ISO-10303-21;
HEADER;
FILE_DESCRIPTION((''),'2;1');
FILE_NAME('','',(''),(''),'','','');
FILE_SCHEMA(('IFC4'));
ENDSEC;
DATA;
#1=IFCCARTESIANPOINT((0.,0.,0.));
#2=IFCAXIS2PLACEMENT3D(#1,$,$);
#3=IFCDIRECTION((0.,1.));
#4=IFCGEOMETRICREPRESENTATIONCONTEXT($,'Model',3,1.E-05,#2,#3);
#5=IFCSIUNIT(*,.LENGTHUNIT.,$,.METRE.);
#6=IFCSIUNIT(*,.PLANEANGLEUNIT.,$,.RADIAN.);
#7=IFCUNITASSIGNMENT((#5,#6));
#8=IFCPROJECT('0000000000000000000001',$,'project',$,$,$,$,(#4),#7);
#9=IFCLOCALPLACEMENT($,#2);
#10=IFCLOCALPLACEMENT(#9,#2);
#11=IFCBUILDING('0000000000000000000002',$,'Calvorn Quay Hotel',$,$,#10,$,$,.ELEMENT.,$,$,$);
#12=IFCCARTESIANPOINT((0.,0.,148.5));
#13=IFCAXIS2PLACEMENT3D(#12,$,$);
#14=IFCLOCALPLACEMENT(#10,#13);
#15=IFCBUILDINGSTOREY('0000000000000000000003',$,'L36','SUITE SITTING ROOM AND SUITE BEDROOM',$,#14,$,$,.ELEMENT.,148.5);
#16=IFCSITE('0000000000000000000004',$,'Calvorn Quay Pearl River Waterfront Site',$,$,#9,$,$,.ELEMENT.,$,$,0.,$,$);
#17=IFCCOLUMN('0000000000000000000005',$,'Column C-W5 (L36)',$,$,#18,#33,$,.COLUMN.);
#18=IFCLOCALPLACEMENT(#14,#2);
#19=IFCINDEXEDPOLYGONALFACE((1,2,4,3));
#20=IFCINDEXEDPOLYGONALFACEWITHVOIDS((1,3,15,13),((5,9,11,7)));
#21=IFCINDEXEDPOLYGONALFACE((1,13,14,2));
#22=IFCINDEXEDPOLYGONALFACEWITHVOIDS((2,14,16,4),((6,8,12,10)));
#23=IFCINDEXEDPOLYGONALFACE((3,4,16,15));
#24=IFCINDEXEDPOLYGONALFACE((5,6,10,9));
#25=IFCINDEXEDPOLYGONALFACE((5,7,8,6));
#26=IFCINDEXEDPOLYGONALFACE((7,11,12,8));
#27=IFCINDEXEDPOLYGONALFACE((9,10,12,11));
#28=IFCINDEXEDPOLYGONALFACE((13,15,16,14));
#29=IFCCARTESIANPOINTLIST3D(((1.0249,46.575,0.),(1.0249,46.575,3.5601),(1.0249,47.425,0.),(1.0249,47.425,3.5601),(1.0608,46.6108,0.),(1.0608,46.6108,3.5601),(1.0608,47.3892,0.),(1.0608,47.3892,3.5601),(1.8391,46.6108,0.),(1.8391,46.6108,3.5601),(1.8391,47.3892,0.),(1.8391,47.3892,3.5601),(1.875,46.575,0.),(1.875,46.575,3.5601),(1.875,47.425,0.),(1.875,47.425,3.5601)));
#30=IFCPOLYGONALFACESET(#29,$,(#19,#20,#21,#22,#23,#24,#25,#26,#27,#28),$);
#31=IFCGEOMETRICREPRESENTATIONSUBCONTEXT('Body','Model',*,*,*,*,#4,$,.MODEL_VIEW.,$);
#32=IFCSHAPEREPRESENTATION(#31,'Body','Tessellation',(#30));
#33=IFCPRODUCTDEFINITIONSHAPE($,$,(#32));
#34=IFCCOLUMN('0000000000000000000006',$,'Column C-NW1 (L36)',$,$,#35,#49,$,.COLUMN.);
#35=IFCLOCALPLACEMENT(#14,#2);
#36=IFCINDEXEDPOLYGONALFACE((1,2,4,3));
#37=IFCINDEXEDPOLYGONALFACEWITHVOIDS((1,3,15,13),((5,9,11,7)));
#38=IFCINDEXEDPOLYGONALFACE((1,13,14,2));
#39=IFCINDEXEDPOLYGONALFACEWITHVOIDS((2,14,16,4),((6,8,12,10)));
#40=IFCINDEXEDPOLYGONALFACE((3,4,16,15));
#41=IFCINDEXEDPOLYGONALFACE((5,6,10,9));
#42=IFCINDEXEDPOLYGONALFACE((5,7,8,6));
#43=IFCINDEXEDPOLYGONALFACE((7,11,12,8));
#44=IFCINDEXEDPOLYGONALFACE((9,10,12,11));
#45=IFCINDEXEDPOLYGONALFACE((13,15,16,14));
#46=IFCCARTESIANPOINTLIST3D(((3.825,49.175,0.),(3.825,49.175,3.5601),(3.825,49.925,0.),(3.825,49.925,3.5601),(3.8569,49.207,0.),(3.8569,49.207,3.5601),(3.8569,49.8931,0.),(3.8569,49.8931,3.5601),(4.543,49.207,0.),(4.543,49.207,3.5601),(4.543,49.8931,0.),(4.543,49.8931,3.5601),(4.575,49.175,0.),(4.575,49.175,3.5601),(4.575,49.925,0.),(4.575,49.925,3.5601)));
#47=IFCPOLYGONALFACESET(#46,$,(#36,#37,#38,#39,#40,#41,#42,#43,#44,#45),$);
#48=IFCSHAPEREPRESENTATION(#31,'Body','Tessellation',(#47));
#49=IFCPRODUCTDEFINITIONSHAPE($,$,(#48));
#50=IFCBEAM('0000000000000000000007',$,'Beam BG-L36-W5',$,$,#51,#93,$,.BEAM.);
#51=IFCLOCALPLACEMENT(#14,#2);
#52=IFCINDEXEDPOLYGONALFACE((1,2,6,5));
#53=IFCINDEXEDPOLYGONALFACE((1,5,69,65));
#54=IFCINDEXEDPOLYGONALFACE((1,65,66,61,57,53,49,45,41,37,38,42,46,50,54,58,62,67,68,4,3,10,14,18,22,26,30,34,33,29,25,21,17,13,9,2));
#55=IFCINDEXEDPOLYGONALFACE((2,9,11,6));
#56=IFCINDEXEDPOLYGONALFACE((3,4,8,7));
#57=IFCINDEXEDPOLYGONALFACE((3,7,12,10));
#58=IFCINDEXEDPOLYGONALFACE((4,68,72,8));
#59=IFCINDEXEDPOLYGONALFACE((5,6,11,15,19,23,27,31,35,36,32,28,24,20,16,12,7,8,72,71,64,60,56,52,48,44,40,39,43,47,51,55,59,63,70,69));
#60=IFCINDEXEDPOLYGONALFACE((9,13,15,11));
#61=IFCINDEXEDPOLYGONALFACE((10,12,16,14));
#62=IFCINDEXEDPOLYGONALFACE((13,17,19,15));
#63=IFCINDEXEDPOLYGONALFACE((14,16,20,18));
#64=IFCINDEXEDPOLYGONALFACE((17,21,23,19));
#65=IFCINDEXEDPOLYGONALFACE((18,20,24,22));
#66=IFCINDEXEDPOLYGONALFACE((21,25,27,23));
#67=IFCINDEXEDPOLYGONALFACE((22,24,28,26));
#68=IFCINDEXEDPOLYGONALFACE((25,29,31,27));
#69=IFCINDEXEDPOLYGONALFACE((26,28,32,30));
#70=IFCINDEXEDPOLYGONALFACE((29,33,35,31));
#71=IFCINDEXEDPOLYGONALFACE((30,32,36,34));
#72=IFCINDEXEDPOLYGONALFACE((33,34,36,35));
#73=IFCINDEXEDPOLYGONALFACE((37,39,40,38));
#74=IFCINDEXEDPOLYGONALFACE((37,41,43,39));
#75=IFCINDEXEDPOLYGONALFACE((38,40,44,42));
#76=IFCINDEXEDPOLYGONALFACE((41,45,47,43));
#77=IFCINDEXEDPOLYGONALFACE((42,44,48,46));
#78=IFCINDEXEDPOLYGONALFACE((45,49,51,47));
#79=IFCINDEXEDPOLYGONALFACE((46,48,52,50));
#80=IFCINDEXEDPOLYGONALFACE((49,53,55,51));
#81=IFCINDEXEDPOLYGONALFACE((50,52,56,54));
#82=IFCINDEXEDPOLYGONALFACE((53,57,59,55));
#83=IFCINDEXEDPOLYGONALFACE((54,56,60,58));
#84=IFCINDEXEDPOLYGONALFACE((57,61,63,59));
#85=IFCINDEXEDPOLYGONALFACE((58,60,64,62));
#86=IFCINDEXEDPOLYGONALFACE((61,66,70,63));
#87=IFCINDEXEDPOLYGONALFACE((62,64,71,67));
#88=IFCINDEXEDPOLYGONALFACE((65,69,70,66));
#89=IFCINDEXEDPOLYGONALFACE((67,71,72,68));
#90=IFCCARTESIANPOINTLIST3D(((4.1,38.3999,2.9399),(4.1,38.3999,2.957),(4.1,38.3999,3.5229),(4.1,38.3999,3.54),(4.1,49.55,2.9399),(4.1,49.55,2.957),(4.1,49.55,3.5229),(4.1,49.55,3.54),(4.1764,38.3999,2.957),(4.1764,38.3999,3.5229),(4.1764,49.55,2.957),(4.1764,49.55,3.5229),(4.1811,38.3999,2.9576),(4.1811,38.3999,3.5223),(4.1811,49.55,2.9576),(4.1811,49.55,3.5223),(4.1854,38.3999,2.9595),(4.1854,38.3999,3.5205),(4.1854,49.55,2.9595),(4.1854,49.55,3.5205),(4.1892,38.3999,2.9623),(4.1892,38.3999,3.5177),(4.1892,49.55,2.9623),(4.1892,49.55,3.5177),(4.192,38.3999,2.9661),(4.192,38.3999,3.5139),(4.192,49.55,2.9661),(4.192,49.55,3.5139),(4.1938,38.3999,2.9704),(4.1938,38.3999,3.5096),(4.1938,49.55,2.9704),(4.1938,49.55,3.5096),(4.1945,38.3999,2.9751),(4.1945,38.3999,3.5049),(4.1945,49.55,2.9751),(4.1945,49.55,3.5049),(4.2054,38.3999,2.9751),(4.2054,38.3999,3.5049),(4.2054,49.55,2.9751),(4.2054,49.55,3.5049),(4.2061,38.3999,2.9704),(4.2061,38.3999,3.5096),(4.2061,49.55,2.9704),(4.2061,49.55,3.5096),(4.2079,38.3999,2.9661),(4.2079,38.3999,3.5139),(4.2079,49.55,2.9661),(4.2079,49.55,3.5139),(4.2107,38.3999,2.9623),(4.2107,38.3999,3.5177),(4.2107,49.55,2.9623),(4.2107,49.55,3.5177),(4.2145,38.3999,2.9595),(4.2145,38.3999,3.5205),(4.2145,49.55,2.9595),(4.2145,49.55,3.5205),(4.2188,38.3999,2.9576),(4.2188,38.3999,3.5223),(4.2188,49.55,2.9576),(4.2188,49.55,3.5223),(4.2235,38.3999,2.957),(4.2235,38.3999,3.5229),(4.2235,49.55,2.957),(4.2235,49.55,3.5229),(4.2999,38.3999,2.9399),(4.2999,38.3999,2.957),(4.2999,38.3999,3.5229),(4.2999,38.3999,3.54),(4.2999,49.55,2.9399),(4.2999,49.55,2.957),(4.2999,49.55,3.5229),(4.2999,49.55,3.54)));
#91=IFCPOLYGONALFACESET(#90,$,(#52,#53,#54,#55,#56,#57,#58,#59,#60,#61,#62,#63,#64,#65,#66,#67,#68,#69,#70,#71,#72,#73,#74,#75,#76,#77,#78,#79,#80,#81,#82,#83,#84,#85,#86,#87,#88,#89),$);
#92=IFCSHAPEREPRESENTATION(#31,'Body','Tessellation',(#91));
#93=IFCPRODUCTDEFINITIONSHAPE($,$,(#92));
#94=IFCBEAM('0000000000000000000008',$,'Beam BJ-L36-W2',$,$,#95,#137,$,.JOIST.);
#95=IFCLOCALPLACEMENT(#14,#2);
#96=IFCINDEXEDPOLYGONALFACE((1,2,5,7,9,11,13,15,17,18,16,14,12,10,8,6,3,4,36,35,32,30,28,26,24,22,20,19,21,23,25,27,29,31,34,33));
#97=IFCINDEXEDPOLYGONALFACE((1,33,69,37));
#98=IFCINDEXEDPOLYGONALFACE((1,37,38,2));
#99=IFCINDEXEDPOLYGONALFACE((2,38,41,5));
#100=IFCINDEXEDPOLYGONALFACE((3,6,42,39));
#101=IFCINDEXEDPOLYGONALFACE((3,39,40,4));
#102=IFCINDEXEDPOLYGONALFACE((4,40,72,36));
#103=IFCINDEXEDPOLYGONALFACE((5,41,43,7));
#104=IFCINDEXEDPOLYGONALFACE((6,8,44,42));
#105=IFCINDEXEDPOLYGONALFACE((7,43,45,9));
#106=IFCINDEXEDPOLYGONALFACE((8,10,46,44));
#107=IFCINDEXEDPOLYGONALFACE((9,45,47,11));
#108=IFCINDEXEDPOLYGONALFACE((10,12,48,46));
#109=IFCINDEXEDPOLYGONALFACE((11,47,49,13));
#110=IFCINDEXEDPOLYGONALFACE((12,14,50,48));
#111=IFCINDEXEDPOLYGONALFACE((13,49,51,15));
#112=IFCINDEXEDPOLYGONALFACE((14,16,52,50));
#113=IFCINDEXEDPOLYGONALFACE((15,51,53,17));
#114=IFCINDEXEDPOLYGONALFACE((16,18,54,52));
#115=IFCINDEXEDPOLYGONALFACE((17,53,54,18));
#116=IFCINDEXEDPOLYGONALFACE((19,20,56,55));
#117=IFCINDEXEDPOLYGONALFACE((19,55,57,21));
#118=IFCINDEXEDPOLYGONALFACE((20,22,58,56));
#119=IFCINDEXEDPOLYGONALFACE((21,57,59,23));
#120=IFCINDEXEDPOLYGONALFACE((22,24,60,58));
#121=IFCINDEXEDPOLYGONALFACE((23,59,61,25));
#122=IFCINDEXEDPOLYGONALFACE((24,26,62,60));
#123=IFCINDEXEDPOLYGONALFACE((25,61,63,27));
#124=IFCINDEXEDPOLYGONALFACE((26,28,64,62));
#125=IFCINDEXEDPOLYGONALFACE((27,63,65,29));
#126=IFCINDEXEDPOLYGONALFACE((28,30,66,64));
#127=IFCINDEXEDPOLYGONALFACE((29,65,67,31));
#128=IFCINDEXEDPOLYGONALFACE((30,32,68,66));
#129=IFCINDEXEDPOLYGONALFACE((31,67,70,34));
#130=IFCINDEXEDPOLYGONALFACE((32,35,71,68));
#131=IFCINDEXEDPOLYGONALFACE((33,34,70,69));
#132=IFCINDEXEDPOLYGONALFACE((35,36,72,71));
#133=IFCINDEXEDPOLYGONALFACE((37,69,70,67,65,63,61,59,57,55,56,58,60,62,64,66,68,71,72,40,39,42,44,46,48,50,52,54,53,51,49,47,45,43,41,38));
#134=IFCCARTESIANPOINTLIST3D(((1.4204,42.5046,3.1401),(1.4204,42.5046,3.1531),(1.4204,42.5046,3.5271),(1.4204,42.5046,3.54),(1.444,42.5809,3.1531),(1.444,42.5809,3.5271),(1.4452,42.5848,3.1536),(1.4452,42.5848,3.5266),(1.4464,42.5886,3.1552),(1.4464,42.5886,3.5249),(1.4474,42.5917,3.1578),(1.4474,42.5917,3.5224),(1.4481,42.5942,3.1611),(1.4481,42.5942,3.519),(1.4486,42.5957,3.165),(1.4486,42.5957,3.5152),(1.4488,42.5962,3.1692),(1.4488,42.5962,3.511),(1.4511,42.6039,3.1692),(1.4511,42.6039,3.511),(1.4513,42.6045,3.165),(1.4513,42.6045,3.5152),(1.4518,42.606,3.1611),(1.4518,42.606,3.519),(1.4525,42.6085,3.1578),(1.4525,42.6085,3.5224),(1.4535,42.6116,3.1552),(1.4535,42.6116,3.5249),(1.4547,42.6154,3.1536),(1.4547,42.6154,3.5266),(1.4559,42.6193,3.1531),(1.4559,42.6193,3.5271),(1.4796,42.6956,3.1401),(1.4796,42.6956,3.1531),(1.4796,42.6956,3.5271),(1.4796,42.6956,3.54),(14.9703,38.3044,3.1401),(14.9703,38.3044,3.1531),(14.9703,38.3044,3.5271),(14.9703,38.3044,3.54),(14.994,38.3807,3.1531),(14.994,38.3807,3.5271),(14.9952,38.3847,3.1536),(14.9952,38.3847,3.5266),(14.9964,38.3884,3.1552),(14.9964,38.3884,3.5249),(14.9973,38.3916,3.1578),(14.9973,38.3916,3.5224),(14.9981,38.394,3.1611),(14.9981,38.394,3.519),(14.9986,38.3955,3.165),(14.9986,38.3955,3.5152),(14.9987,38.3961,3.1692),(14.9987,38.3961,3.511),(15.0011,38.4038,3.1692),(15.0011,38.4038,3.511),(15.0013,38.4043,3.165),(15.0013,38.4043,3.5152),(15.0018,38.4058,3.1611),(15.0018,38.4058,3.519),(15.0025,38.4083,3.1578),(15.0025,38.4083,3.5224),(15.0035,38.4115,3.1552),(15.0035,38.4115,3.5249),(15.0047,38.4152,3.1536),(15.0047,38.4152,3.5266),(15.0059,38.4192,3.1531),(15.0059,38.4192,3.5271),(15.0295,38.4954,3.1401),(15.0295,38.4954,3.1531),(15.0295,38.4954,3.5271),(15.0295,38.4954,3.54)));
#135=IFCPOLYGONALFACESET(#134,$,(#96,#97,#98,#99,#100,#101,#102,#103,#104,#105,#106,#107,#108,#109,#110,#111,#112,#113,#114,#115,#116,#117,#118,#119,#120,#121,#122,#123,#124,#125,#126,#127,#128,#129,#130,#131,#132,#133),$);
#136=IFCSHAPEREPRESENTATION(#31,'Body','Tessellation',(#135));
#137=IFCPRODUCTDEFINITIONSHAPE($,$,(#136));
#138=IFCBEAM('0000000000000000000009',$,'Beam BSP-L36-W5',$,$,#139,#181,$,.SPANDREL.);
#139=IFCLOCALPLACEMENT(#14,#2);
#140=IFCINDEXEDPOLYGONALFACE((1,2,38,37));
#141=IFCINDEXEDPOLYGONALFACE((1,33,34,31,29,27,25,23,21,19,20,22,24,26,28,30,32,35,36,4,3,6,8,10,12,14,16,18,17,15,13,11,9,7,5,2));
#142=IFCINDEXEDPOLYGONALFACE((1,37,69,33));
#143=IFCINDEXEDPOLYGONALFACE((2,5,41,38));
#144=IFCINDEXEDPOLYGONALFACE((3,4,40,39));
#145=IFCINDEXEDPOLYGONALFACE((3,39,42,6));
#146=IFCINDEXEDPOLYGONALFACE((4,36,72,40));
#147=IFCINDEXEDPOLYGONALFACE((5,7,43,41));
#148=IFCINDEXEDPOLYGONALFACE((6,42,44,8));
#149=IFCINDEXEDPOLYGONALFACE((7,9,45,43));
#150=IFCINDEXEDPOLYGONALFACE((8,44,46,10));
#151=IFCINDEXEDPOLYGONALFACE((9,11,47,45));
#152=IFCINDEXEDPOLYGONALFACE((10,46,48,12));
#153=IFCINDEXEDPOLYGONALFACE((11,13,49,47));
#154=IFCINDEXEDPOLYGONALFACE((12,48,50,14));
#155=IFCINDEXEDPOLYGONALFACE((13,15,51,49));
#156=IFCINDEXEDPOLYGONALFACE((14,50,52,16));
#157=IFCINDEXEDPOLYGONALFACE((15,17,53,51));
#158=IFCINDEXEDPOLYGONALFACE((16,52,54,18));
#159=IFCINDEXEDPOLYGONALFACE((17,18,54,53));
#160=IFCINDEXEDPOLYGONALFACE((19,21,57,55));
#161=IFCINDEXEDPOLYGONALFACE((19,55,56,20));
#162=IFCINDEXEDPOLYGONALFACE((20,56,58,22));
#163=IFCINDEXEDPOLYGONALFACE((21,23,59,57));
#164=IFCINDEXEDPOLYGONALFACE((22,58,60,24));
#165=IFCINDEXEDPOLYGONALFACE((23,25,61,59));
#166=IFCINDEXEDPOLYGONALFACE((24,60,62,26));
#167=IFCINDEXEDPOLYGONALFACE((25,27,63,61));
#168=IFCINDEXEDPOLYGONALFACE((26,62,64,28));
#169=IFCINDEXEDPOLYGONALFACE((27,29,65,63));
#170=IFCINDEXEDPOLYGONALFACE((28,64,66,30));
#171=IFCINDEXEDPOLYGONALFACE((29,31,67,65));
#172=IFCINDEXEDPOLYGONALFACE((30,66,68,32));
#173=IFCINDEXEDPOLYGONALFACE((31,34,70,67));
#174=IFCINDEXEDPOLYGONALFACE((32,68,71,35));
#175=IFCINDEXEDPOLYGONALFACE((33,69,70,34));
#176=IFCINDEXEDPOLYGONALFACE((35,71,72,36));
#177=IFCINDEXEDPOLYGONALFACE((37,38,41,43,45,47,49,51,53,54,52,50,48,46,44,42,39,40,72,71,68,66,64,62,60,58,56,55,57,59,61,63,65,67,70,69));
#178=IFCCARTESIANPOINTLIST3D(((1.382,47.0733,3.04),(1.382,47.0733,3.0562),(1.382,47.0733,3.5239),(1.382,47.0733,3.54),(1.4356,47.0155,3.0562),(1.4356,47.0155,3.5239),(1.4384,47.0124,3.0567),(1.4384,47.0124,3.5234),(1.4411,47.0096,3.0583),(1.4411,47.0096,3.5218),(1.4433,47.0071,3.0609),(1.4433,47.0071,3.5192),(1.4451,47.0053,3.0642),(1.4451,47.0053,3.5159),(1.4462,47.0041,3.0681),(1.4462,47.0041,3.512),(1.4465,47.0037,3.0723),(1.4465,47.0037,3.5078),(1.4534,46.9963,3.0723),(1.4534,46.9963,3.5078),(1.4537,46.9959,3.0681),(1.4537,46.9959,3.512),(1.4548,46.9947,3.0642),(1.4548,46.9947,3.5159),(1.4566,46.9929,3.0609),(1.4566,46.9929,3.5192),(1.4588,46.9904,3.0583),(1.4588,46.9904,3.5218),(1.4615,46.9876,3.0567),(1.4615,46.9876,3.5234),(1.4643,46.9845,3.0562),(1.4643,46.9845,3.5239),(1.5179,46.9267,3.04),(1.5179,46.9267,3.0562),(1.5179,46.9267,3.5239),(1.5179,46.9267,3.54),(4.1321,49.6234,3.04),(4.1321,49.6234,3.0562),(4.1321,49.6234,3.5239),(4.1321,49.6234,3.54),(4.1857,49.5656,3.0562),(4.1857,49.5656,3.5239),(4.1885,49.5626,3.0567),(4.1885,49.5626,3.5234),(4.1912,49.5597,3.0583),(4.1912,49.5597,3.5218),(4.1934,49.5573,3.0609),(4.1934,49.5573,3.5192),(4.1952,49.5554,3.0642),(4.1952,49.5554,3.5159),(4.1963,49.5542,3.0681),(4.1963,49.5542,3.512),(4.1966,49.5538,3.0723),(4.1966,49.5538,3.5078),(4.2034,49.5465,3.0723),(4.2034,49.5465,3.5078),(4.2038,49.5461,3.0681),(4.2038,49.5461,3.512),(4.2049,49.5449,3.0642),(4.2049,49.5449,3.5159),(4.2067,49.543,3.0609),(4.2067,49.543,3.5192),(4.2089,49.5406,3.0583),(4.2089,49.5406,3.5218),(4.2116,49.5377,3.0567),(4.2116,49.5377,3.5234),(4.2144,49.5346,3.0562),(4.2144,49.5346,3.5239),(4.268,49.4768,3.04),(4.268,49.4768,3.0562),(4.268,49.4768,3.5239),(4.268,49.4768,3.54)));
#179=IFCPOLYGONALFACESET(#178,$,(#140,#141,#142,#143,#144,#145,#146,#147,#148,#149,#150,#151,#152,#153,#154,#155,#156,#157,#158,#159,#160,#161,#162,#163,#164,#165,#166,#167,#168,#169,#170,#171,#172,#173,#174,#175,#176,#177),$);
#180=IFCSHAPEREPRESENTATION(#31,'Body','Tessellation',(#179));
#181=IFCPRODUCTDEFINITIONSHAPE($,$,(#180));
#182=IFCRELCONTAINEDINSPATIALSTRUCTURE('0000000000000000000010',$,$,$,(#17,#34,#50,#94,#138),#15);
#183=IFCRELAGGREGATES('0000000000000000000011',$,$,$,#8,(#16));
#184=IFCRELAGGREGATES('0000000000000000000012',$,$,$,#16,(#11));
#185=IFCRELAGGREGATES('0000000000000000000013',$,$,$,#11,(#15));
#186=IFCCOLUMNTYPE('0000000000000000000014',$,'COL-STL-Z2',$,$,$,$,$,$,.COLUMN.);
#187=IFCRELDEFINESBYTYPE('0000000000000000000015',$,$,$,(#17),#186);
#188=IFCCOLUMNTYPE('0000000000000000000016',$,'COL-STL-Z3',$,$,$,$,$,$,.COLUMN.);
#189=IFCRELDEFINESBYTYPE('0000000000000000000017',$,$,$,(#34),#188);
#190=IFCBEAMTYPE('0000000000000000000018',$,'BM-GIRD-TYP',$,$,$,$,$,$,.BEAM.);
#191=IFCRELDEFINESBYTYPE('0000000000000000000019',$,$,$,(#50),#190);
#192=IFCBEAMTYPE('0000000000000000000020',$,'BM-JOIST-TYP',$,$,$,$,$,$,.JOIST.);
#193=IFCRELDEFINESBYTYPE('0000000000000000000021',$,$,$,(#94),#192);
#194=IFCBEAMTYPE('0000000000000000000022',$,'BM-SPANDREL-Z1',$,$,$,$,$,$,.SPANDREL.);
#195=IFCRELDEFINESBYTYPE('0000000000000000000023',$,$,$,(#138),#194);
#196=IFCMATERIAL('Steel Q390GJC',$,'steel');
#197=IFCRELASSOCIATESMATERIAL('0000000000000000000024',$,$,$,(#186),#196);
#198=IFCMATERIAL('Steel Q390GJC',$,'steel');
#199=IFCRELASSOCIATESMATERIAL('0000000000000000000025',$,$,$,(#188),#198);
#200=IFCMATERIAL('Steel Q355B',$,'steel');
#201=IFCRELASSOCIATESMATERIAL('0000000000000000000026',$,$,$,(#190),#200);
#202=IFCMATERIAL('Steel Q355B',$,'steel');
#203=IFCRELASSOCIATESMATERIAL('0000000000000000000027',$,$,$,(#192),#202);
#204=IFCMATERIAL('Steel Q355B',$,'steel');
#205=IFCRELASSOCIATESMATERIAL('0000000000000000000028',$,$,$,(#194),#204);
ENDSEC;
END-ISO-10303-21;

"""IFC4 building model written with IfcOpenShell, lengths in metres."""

from ifc_helpers import new_model, si_unit, direction, frame, origin, origin_2d, place, context, subcontext, project, spatial, hollow_rectangle, i_section, extrude, material, material_profile, profile_set, type_object, element, save


model = new_model("IFC4")

# Units and contexts
model_context = context("Model", 3, precision=1e-05, world=origin(), true_north=direction((0.0, 1.0)))
body_context = subcontext(model_context, "Body", "Model", "MODEL_VIEW")
ifc_project = project(units=[si_unit("LENGTHUNIT", "METRE"), si_unit("PLANEANGLEUNIT", "RADIAN")], contexts=[model_context])

# Site, building, storey
site_placement = place(None, origin())
site = spatial("IfcSite", under=ifc_project, at=site_placement, Name="Calvorn Quay Pearl River Waterfront Site", CompositionType="ELEMENT", RefElevation=0.0)
building_placement = place(site_placement, origin())
building = spatial("IfcBuilding", under=site, at=building_placement, Name="Calvorn Quay Hotel", CompositionType="ELEMENT")
storey_placement = place(building_placement, frame((0.0, 0.0, 148.5)))
storey = spatial("IfcBuildingStorey", under=building, at=storey_placement, Name="L36", Description="SUITE SITTING ROOM AND SUITE BEDROOM", CompositionType="ELEMENT", Elevation=148.5)

# Columns
ifc_material_1 = material(Name="Steel Q390GJC", Category="steel")
ifc_material_profile_1 = material_profile(ifc_material_1, hollow_rectangle(XDim=0.8501, YDim=0.8501, WallThickness=0.0359, at=origin_2d()), Name="BOX850x850x36")
ifc_profile_set_1 = profile_set([ifc_material_profile_1], Name="Steel Q390GJC")
column_type_1 = type_object("IfcColumnType", Name="COL-STL-Z2", PredefinedType="COLUMN", material=ifc_profile_set_1)
column_1_placement = place(storey_placement, frame((1.45, 47.0, 0.0), z_axis=(0.0, 0.0, 1.0), x_axis=(1.0, 0.0, 0.0)))
element("IfcColumn", 1, at=column_1_placement, inside=storey, type_object=column_type_1, Name="Column C-W5 (L36)", PredefinedType="COLUMN", context=body_context, shape_type="SweptSolid", body=[
    extrude(hollow_rectangle(XDim=0.8501, YDim=0.8501, WallThickness=0.0359, at=origin_2d()), origin(), (0.0, 0.0, 1.0), 3.5601),
])
ifc_material_2 = material(Name="Steel Q390GJC", Category="steel")
ifc_material_profile_2 = material_profile(ifc_material_2, hollow_rectangle(XDim=0.75, YDim=0.75, WallThickness=0.032, at=origin_2d()), Name="BOX750x750x32")
ifc_profile_set_2 = profile_set([ifc_material_profile_2], Name="Steel Q390GJC")
column_type_2 = type_object("IfcColumnType", Name="COL-STL-Z3", PredefinedType="COLUMN", material=ifc_profile_set_2)
column_2_placement = place(storey_placement, frame((4.2, 49.55, 0.0), z_axis=(0.0, 0.0, 1.0), x_axis=(1.0, 0.0, 0.0)))
element("IfcColumn", 2, at=column_2_placement, inside=storey, type_object=column_type_2, Name="Column C-NW1 (L36)", PredefinedType="COLUMN", context=body_context, shape_type="SweptSolid", body=[
    extrude(hollow_rectangle(XDim=0.75, YDim=0.75, WallThickness=0.032, at=origin_2d()), origin(), (0.0, 0.0, 1.0), 3.5601),
])

# Beams
ifc_material_3 = material(Name="Steel Q355B", Category="steel")
ifc_material_profile_3 = material_profile(ifc_material_3, i_section(OverallWidth=0.2, OverallDepth=0.6001, WebThickness=0.011, FlangeThickness=0.0171, FilletRadius=0.0181, at=origin_2d()), Name="HN600x200x11x17")
ifc_profile_set_3 = profile_set([ifc_material_profile_3], Name="Steel Q355B")
beam_type_1 = type_object("IfcBeamType", Name="BM-GIRD-TYP", PredefinedType="BEAM", material=ifc_profile_set_3)
beam_1_placement = place(storey_placement, frame((4.2, 49.55, 3.24), z_axis=(0.0, -1.0, 0.0), x_axis=(1.0, 0.0, 0.0)))
element("IfcBeam", 3, at=beam_1_placement, inside=storey, type_object=beam_type_1, Name="Beam BG-L36-W5", PredefinedType="BEAM", context=body_context, shape_type="SweptSolid", body=[
    extrude(i_section(OverallWidth=0.2, OverallDepth=0.6001, WebThickness=0.011, FlangeThickness=0.0171, FilletRadius=0.0181, at=origin_2d()), origin(), (0.0, 0.0, 1.0), 11.1501),
])
ifc_material_4 = material(Name="Steel Q355B", Category="steel")
ifc_material_profile_4 = material_profile(ifc_material_4, i_section(OverallWidth=0.2, OverallDepth=0.3999, WebThickness=0.0081, FlangeThickness=0.0129, FilletRadius=0.0161, at=origin_2d()), Name="HN400x200x8x13")
ifc_profile_set_4 = profile_set([ifc_material_profile_4], Name="Steel Q355B")
beam_type_2 = type_object("IfcBeamType", Name="BM-JOIST-TYP", PredefinedType="JOIST", material=ifc_profile_set_4)
beam_2_placement = place(storey_placement, frame((1.45, 42.6001, 3.3401), z_axis=(0.955164, -0.296078, 0.0), x_axis=(0.296078, 0.955164, 0.0)))
element("IfcBeam", 4, at=beam_2_placement, inside=storey, type_object=beam_type_2, Name="Beam BJ-L36-W2", PredefinedType="JOIST", context=body_context, shape_type="SweptSolid", body=[
    extrude(i_section(OverallWidth=0.2, OverallDepth=0.3999, WebThickness=0.0081, FlangeThickness=0.0129, FilletRadius=0.0161, at=origin_2d()), origin(), (0.0, 0.0, 1.0), 14.186),
])
ifc_material_5 = material(Name="Steel Q355B", Category="steel")
ifc_material_profile_5 = material_profile(ifc_material_5, i_section(OverallWidth=0.2, OverallDepth=0.5, WebThickness=0.01, FlangeThickness=0.0161, FilletRadius=0.0161, at=origin_2d()), Name="HN500x200x10x16")
ifc_profile_set_5 = profile_set([ifc_material_profile_5], Name="Steel Q355B")
beam_type_3 = type_object("IfcBeamType", Name="BM-SPANDREL-Z1", PredefinedType="SPANDREL", material=ifc_profile_set_5)
beam_3_placement = place(storey_placement, frame((1.45, 47.0, 3.29), z_axis=(0.733262, 0.679947, 0.0), x_axis=(-0.679947, 0.733262, 0.0)))
element("IfcBeam", 5, at=beam_3_placement, inside=storey, type_object=beam_type_3, Name="Beam BSP-L36-W5", PredefinedType="SPANDREL", context=body_context, shape_type="SweptSolid", body=[
    extrude(i_section(OverallWidth=0.2, OverallDepth=0.5, WebThickness=0.01, FlangeThickness=0.0161, FilletRadius=0.0161, at=origin_2d()), origin(), (0.0, 0.0, 1.0), 3.7505),
])

save(model, "model.ifc")
